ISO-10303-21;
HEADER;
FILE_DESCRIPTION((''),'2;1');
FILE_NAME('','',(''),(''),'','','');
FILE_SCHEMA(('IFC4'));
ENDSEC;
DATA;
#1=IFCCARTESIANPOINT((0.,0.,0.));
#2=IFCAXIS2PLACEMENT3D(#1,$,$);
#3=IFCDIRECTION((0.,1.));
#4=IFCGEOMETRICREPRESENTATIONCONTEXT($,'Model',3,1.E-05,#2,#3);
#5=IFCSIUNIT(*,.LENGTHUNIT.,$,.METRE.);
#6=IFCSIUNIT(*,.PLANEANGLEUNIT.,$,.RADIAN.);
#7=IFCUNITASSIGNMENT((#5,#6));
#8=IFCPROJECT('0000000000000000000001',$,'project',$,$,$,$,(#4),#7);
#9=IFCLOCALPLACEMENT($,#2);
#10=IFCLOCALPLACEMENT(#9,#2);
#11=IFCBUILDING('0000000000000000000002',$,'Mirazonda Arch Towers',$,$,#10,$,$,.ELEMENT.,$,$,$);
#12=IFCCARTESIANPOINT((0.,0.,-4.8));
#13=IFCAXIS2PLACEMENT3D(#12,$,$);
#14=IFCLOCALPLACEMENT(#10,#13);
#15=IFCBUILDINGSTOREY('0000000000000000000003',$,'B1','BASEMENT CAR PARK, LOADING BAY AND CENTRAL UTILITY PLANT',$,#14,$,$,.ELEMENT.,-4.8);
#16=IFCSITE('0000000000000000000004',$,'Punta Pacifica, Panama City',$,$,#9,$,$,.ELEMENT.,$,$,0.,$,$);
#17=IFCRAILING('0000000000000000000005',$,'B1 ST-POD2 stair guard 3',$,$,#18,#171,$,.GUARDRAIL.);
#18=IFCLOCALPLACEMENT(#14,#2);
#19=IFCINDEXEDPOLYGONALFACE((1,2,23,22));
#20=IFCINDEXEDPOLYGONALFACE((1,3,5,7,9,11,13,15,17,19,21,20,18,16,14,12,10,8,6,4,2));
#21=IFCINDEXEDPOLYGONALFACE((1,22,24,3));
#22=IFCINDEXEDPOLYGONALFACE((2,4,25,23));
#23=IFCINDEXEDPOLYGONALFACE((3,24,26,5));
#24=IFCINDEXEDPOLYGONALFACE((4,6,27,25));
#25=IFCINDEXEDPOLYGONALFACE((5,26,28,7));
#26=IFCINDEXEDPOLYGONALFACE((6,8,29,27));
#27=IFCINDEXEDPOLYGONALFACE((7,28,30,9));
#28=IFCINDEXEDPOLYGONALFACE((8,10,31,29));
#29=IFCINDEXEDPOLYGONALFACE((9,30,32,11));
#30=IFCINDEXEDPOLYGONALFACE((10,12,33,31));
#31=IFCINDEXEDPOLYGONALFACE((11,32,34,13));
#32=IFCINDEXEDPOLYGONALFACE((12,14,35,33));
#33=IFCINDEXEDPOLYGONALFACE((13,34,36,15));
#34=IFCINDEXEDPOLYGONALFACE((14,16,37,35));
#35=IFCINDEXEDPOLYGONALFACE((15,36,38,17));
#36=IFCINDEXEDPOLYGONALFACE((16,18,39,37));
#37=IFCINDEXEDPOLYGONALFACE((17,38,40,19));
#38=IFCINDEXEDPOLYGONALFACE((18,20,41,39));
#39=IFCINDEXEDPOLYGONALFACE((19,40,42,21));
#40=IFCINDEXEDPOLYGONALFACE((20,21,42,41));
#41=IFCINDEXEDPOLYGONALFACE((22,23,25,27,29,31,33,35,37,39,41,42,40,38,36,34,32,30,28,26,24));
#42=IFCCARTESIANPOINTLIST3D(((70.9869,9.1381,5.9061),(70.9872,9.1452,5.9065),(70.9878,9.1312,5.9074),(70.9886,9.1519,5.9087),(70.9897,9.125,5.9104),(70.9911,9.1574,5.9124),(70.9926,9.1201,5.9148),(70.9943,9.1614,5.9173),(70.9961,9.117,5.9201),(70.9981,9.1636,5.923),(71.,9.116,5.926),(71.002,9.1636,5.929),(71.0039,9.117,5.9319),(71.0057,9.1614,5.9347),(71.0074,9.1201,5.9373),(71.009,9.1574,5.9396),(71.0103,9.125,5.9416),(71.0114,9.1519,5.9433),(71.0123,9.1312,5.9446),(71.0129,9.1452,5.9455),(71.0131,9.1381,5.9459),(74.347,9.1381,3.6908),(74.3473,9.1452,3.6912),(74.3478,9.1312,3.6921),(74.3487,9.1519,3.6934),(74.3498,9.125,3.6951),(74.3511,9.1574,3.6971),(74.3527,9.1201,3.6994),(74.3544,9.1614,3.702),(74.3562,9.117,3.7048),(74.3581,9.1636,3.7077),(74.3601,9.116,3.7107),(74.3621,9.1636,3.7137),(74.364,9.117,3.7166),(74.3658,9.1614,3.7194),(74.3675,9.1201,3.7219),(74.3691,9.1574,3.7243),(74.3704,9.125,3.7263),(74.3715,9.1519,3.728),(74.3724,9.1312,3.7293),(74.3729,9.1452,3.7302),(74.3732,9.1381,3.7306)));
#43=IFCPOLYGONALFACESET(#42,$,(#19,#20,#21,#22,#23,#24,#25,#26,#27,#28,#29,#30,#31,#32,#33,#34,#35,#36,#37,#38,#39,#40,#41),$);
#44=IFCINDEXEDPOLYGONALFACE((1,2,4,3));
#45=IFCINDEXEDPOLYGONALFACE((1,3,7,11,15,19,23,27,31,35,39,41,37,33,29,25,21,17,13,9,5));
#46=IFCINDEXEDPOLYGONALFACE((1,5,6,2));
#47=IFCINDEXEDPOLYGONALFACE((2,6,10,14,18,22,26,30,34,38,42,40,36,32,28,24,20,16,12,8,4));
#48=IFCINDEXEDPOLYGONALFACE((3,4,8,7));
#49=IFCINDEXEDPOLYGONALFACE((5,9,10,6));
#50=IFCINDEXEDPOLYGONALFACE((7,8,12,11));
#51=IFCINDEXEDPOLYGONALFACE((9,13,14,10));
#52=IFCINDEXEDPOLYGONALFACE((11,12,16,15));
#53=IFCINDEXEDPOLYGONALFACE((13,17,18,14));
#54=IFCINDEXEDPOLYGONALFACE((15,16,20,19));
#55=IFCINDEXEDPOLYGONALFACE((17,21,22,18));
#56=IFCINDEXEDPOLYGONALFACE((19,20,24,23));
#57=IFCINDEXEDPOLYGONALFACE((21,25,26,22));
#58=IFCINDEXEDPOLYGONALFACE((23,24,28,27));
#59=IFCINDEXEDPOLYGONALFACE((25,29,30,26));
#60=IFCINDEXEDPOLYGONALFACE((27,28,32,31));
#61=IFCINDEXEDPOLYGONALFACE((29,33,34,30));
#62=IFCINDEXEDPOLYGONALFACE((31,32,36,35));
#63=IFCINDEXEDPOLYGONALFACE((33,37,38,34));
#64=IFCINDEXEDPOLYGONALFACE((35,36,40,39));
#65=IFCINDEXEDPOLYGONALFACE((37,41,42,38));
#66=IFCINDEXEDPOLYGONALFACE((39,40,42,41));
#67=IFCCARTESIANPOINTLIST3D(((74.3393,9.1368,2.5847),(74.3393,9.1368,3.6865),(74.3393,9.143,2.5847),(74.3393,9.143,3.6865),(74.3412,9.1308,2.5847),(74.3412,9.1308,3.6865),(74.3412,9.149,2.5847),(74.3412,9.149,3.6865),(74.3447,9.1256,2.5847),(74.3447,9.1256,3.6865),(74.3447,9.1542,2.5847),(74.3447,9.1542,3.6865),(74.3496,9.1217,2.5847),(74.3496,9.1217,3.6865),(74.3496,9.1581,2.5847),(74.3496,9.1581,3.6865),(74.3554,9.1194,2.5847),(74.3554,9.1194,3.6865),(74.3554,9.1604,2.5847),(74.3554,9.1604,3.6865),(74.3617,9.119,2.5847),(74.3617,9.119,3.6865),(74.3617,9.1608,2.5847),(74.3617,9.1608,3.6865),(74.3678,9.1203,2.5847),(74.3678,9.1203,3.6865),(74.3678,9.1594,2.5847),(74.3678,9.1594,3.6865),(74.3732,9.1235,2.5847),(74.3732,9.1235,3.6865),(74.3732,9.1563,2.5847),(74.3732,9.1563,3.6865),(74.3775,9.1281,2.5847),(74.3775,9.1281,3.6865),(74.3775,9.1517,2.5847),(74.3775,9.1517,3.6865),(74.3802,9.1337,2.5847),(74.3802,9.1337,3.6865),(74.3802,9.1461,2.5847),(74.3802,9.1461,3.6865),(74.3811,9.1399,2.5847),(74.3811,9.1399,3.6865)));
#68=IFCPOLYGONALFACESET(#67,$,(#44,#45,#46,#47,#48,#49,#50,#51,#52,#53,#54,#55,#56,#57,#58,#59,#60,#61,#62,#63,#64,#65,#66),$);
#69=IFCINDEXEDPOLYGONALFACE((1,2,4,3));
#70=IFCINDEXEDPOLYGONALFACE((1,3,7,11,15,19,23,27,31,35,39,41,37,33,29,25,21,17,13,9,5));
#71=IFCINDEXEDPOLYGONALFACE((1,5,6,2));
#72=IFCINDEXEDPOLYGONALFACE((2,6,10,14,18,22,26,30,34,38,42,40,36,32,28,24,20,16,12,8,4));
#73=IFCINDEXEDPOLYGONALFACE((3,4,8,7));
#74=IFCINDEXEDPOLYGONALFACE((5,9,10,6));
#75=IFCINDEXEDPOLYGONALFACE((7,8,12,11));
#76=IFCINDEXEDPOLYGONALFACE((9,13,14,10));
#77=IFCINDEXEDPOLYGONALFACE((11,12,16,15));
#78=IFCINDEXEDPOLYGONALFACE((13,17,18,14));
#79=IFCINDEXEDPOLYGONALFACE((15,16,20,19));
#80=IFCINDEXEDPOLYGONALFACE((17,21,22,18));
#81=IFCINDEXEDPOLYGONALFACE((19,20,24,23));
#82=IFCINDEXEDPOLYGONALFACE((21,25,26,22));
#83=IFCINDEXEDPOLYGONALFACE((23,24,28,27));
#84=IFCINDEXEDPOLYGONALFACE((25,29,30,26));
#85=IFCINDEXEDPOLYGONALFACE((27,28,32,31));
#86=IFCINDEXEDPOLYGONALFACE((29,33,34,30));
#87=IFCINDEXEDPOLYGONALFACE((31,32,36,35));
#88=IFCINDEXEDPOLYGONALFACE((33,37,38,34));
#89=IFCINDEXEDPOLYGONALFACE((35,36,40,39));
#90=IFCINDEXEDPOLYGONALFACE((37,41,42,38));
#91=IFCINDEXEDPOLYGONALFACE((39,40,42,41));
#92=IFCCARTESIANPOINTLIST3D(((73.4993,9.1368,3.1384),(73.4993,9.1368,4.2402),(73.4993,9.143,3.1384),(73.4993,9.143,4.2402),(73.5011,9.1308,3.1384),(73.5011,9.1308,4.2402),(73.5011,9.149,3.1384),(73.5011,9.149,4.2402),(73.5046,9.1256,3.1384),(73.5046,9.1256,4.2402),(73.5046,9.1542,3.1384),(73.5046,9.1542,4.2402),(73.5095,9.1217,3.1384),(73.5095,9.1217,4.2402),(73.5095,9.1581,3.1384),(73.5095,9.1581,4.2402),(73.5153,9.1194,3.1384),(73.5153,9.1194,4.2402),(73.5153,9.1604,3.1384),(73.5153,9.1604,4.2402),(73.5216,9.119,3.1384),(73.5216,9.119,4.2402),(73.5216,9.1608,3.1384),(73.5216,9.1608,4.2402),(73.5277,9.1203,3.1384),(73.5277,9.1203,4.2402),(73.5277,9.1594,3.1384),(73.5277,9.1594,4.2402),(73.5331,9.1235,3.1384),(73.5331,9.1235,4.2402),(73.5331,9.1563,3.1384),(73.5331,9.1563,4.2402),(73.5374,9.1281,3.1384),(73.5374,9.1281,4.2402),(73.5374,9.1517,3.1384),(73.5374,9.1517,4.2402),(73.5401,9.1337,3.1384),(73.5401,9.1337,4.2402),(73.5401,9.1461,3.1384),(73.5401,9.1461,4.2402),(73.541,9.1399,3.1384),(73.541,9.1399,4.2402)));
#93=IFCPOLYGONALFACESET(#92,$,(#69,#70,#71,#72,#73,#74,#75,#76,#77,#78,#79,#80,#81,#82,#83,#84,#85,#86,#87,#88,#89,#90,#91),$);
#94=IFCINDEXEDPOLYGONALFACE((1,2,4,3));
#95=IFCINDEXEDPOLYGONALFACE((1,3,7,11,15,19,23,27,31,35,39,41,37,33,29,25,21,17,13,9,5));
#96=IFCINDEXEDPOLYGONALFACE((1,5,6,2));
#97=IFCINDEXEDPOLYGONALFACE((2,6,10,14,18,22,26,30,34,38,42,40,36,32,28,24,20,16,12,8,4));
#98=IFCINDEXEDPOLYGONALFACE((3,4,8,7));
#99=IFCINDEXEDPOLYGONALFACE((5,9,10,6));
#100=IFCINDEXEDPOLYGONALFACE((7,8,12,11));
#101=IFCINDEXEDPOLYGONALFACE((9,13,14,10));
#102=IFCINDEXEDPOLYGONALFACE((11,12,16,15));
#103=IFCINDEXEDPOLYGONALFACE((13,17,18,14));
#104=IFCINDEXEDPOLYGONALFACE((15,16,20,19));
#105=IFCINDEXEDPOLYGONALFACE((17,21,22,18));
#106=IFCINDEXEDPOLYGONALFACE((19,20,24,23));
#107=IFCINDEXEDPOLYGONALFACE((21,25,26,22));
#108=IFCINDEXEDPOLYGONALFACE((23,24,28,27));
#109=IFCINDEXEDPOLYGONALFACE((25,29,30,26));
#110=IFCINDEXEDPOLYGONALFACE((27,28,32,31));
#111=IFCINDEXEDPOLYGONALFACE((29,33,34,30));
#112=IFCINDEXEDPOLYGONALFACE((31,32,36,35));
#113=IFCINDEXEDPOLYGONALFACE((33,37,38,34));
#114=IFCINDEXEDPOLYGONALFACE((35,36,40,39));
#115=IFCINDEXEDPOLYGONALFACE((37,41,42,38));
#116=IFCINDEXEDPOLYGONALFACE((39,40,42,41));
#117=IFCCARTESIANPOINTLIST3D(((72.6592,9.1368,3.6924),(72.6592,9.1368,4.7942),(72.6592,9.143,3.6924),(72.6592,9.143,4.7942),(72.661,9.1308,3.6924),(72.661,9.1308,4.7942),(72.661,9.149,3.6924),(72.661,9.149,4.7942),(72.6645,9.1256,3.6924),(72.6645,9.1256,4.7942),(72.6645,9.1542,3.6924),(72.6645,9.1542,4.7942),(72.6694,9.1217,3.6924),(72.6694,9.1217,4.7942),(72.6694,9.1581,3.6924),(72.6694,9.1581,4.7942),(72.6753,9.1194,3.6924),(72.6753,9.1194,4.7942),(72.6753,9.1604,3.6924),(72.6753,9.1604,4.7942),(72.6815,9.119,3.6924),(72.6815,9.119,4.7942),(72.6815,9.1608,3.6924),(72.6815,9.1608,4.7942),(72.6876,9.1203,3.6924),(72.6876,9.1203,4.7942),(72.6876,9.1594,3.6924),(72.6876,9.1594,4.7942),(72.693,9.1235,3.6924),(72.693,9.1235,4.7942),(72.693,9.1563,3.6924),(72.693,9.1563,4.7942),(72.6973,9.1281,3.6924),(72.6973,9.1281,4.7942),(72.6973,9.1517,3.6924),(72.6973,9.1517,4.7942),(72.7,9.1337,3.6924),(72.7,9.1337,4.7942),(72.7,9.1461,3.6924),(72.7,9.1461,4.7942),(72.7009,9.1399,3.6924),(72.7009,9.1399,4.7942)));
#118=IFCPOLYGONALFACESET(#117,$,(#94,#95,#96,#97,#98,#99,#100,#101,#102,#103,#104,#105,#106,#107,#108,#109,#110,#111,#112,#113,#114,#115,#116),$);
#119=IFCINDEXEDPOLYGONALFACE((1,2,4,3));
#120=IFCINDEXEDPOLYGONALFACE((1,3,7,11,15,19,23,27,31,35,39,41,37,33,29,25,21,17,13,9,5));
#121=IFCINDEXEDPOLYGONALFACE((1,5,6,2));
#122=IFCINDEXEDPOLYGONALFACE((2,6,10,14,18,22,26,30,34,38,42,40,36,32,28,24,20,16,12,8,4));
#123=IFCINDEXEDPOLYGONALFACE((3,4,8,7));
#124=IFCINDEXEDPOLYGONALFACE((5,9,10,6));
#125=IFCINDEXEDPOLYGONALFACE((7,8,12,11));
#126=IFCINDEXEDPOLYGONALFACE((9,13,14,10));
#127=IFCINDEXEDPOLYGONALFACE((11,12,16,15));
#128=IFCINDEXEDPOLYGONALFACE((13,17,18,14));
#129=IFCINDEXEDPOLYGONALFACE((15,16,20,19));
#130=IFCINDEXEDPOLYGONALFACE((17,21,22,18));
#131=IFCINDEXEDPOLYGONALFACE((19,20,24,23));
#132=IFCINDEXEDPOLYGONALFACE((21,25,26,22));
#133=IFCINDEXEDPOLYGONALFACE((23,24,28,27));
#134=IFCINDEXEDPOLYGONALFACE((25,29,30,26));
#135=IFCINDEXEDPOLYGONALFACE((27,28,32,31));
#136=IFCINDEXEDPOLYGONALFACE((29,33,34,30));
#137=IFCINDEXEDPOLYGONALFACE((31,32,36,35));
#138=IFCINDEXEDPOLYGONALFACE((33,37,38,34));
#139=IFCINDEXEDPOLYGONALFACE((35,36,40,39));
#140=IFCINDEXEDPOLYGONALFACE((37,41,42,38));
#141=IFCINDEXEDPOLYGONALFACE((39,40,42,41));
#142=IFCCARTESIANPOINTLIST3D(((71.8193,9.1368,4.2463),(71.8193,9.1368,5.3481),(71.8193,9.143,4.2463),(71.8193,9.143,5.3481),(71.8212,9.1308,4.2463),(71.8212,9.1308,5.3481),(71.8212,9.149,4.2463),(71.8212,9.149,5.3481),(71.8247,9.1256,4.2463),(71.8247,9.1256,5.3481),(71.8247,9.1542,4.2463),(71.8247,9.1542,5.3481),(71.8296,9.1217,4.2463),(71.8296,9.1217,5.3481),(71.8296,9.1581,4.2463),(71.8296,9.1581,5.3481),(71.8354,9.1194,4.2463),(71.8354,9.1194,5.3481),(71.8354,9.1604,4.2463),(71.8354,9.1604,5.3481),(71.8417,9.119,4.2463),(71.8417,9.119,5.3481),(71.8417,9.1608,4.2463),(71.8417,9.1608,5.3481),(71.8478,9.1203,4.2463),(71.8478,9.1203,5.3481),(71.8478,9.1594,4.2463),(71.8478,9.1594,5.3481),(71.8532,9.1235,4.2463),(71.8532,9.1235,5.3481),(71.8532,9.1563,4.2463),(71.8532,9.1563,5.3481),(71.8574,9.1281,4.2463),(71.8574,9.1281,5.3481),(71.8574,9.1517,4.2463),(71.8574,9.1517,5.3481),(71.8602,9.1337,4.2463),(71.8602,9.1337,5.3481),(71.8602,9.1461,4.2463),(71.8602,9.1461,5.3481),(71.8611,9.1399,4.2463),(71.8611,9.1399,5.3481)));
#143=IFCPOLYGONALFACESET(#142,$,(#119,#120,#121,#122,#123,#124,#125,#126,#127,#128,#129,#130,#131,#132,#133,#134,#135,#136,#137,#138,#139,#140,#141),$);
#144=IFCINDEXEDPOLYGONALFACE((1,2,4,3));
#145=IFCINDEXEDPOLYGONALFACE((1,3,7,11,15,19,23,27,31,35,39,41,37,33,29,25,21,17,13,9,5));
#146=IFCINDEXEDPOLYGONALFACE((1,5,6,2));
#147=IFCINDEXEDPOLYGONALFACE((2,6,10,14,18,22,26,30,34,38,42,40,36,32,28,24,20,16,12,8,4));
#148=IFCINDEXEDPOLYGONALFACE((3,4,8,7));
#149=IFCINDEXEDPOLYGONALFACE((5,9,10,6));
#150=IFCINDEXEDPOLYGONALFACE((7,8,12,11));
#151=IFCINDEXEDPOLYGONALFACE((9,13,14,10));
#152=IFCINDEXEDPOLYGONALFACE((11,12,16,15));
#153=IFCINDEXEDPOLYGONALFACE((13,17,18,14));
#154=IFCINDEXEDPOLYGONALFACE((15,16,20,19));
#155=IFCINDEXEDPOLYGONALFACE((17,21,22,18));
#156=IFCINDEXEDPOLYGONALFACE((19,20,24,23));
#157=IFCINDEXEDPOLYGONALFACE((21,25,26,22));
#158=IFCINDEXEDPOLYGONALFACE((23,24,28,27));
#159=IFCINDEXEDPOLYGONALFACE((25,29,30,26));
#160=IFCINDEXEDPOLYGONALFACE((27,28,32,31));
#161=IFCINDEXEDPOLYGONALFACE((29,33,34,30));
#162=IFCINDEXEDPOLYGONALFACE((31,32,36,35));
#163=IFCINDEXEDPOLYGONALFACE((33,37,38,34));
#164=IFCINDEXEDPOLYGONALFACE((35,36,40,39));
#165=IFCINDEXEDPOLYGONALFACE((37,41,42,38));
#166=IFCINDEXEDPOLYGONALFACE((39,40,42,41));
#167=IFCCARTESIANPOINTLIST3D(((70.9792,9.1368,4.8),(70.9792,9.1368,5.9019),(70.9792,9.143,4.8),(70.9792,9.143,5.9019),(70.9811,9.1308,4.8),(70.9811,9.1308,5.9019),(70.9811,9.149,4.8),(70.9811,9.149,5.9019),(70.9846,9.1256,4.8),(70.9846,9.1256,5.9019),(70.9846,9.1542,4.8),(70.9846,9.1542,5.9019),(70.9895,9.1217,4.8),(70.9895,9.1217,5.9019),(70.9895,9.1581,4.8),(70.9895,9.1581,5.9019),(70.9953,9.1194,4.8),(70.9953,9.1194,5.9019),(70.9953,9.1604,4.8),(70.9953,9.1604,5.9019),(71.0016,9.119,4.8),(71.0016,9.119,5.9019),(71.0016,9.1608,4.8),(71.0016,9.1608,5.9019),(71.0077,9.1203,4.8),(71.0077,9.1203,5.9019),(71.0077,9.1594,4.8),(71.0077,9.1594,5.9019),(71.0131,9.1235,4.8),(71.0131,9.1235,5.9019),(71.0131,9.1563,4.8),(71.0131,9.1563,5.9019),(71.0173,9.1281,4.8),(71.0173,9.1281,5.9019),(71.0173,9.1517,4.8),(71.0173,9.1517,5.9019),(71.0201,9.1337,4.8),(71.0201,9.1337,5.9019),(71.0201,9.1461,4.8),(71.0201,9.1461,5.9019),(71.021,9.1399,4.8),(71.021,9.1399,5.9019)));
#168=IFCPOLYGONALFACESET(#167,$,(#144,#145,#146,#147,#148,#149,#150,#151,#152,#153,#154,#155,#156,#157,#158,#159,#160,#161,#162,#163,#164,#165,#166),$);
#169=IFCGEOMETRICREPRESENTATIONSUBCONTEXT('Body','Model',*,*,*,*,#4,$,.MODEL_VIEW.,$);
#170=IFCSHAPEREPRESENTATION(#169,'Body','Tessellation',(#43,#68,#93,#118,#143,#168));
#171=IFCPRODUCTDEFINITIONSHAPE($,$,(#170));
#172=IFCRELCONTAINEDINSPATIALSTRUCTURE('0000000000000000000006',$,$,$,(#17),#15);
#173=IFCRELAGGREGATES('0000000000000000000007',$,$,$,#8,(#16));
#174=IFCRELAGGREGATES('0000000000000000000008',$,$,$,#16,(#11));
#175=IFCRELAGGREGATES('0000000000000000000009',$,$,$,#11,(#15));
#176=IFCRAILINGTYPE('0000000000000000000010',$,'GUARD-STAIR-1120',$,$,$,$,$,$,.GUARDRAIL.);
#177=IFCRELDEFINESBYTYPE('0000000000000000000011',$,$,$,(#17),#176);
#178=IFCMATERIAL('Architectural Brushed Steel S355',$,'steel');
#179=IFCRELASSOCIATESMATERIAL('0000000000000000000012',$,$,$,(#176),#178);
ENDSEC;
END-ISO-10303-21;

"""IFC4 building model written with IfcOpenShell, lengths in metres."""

from ifc_helpers import new_model, si_unit, direction, frame, origin, origin_2d, place, context, subcontext, project, spatial, circle, extrude, material, type_object, element, save


model = new_model("IFC4")

# Units and contexts
model_context = context("Model", 3, precision=1e-05, world=origin(), true_north=direction((0.0, 1.0)))
body_context = subcontext(model_context, "Body", "Model", "MODEL_VIEW")
ifc_project = project(units=[si_unit("LENGTHUNIT", "METRE"), si_unit("PLANEANGLEUNIT", "RADIAN")], contexts=[model_context])

# Site, building, storey
site_placement = place(None, origin())
site = spatial("IfcSite", under=ifc_project, at=site_placement, Name="Punta Pacifica, Panama City", CompositionType="ELEMENT", RefElevation=0.0)
building_placement = place(site_placement, origin())
building = spatial("IfcBuilding", under=site, at=building_placement, Name="Mirazonda Arch Towers", CompositionType="ELEMENT")
storey_placement = place(building_placement, frame((0.0, 0.0, -4.8)))
storey = spatial("IfcBuildingStorey", under=building, at=storey_placement, Name="B1", Description="BASEMENT CAR PARK, LOADING BAY AND CENTRAL UTILITY PLANT", CompositionType="ELEMENT", Elevation=-4.8)

# Railing
ifc_material_1 = material(Name="Architectural Brushed Steel S355", Category="steel")
railing_type_1 = type_object("IfcRailingType", Name="GUARD-STAIR-1120", PredefinedType="GUARDRAIL", material=ifc_material_1)
railing_1_placement = place(storey_placement, frame((74.3601, 9.1399, 2.5847)))
element("IfcRailing", 1, at=railing_1_placement, inside=storey, type_object=railing_type_1, Name="B1 ST-POD2 stair guard 3", PredefinedType="GUARDRAIL", context=body_context, shape_type="SweptSolid", body=[
    extrude(circle(Radius=0.0239, at=origin_2d()), frame((0.0, 0.0, 1.126), z_axis=(-0.834876, 0.0, 0.550437), x_axis=(0.0, -1.0, 0.0)), (0.0, 0.0, 1.0), 4.0247),
    extrude(circle(Radius=0.021, at=origin_2d()), origin(), (0.0, 0.0, 1.0), 1.1018),
    extrude(circle(Radius=0.021, at=origin_2d()), frame((-0.8401, 0.0, 0.5537)), (0.0, 0.0, 1.0), 1.1018),
    extrude(circle(Radius=0.021, at=origin_2d()), frame((-1.6802, 0.0, 1.1077)), (0.0, 0.0, 1.0), 1.1018),
    extrude(circle(Radius=0.021, at=origin_2d()), frame((-2.52, 0.0, 1.6616)), (0.0, 0.0, 1.0), 1.1018),
    extrude(circle(Radius=0.021, at=origin_2d()), frame((-3.3601, 0.0, 2.2153)), (0.0, 0.0, 1.0), 1.1018),
])

save(model, "model.ifc")
